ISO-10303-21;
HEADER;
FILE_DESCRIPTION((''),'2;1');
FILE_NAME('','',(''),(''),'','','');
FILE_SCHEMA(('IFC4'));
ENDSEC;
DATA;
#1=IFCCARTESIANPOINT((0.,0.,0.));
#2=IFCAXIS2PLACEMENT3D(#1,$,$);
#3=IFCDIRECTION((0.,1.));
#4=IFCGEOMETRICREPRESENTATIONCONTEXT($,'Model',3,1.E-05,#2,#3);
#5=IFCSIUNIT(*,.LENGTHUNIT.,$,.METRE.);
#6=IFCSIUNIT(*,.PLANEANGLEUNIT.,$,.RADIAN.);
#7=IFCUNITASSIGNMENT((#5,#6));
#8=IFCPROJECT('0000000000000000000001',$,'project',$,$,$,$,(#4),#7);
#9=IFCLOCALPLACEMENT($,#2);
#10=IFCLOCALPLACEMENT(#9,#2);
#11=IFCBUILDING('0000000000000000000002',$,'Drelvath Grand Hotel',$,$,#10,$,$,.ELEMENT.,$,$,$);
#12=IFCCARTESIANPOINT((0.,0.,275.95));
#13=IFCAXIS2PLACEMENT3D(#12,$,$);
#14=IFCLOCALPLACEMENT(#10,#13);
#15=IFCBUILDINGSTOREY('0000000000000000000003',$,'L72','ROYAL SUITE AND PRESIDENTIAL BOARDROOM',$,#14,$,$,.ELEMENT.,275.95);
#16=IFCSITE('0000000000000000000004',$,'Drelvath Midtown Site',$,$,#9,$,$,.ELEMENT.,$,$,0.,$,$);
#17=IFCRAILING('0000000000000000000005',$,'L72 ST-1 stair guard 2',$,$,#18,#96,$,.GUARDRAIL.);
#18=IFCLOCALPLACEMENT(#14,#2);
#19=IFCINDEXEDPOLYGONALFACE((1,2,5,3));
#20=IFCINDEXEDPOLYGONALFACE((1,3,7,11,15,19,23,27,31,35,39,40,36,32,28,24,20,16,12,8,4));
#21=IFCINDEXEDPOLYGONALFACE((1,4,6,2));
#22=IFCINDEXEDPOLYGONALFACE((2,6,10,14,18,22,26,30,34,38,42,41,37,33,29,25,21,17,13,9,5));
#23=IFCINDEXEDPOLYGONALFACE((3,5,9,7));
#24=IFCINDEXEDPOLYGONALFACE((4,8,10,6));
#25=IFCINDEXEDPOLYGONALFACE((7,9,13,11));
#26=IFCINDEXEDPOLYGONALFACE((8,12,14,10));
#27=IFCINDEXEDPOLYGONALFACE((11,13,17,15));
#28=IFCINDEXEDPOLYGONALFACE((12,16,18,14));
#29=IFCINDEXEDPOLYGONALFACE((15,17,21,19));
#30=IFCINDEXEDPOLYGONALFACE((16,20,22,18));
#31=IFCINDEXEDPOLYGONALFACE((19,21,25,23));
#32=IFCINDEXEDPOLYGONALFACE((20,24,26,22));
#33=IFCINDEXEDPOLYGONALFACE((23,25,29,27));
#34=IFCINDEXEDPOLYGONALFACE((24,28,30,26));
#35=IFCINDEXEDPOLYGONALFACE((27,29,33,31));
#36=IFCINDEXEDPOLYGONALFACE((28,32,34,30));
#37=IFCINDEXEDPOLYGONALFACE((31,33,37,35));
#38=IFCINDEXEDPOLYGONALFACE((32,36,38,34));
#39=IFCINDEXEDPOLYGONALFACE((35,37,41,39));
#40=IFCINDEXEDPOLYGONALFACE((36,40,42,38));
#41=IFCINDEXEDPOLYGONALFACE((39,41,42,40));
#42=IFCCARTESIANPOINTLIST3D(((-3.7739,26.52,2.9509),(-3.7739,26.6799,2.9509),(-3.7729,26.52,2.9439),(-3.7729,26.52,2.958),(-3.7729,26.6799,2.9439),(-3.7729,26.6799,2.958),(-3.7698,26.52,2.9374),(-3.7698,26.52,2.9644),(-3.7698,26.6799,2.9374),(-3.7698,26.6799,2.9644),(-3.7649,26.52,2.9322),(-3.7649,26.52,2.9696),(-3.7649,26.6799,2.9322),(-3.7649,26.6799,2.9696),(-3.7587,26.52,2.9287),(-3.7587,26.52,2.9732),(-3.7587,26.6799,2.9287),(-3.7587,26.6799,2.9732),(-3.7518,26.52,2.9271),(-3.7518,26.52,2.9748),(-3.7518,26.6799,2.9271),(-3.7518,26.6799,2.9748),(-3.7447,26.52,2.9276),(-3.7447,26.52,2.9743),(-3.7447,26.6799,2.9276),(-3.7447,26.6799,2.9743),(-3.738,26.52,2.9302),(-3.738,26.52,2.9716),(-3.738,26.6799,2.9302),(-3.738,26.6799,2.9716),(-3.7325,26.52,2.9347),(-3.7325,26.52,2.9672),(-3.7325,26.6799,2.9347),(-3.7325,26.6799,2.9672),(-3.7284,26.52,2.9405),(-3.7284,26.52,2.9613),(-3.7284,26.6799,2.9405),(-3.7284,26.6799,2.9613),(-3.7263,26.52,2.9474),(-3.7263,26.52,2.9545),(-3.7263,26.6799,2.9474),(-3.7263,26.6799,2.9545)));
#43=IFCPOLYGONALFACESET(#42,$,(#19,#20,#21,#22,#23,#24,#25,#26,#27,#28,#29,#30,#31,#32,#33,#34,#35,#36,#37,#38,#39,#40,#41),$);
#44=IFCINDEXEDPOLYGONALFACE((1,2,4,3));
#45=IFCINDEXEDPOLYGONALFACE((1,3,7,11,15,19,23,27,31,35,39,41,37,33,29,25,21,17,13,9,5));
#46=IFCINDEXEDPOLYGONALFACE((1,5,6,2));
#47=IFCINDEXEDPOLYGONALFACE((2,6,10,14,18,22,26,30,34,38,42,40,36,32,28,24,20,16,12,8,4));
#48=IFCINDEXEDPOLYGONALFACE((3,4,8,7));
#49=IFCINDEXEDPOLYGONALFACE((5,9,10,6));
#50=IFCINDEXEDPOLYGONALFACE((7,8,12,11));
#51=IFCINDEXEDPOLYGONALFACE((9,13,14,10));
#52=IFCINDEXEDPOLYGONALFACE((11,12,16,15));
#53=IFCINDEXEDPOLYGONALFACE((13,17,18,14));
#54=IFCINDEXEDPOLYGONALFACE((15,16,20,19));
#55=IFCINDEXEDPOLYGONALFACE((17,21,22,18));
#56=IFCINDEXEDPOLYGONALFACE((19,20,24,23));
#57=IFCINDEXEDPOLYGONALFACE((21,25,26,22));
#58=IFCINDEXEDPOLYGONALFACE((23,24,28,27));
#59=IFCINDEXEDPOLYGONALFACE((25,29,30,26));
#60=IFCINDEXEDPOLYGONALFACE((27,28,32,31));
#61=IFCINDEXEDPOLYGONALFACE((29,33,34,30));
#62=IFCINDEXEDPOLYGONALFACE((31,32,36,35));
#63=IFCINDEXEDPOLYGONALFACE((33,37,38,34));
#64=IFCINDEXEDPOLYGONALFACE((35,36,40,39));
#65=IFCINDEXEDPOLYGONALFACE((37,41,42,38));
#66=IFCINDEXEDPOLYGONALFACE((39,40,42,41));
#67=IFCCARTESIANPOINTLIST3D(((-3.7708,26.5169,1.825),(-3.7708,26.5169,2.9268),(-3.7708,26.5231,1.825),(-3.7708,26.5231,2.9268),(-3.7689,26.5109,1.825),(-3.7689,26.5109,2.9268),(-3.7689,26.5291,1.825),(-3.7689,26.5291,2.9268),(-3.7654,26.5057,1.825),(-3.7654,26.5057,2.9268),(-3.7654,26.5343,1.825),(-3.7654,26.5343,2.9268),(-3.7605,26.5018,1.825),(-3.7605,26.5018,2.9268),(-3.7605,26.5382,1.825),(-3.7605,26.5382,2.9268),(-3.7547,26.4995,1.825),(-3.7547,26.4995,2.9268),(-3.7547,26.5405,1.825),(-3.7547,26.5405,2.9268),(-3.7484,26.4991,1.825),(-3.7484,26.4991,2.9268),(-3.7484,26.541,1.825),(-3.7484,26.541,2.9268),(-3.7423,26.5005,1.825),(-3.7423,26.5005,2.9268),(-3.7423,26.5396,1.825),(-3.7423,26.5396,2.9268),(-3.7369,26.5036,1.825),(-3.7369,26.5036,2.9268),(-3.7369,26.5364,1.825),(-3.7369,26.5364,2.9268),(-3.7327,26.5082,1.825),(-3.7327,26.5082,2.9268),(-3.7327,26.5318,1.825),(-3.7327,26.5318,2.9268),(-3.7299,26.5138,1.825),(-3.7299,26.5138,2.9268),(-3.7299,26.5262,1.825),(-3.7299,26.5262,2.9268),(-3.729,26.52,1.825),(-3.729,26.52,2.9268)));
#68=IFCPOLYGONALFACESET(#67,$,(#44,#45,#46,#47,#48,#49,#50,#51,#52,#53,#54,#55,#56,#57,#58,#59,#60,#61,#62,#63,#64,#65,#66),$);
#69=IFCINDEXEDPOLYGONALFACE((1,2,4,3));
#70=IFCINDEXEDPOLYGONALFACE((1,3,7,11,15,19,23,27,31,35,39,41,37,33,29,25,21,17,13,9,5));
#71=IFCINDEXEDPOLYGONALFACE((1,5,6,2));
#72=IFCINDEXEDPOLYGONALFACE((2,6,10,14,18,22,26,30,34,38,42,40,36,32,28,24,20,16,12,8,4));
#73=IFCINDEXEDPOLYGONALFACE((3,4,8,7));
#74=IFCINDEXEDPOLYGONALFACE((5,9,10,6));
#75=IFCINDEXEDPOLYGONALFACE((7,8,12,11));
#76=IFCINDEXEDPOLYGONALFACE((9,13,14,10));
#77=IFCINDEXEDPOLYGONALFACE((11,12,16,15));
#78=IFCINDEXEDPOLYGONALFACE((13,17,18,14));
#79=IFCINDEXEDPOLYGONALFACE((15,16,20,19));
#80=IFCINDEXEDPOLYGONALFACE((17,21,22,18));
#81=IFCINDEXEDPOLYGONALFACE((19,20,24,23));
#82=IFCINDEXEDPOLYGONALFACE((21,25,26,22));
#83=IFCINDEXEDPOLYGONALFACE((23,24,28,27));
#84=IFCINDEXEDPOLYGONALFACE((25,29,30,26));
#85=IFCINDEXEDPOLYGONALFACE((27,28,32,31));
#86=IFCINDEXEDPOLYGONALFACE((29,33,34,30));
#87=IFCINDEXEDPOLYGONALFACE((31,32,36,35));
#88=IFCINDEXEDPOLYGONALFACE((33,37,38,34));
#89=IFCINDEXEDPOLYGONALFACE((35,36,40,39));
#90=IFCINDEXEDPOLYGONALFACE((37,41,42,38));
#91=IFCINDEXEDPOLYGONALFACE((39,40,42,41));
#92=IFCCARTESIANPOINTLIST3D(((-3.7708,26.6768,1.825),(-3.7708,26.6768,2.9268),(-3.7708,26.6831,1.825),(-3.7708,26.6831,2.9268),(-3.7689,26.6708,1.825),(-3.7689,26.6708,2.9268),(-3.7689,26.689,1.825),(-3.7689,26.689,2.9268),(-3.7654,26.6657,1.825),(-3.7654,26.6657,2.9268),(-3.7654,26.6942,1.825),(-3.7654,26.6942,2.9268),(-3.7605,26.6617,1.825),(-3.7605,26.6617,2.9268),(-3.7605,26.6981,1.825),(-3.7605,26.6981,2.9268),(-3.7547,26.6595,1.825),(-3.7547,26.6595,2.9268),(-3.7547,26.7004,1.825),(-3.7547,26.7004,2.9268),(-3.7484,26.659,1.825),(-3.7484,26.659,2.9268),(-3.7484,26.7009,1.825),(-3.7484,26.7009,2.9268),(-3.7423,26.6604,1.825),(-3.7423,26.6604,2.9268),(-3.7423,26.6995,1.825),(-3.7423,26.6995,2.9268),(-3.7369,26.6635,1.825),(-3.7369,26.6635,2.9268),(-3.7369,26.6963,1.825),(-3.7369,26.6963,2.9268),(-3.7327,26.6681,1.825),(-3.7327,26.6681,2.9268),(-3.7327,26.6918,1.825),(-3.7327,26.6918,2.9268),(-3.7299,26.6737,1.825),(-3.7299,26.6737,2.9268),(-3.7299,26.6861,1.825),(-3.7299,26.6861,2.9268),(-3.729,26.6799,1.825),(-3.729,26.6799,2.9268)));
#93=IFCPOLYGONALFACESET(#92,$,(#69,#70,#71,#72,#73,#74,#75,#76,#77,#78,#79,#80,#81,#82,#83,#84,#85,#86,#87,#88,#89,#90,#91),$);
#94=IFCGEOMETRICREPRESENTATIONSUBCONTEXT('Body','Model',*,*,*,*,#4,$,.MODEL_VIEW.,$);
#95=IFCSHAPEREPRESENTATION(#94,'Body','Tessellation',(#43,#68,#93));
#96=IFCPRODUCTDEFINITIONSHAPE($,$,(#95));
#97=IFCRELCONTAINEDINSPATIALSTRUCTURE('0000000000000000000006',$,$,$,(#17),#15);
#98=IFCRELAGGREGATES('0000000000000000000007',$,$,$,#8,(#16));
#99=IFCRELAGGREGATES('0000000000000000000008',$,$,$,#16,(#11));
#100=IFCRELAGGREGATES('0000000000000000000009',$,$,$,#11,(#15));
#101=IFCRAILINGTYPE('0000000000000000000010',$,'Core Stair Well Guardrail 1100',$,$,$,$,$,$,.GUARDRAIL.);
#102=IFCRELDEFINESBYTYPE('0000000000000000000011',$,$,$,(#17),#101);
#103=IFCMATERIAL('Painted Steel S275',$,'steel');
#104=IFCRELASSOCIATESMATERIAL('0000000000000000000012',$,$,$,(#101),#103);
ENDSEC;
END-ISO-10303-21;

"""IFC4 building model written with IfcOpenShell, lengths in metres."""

from ifc_helpers import new_model, si_unit, direction, frame, origin, origin_2d, place, context, subcontext, project, spatial, circle, extrude, material, type_object, element, save


model = new_model("IFC4")

# Units and contexts
model_context = context("Model", 3, precision=1e-05, world=origin(), true_north=direction((0.0, 1.0)))
body_context = subcontext(model_context, "Body", "Model", "MODEL_VIEW")
ifc_project = project(units=[si_unit("LENGTHUNIT", "METRE"), si_unit("PLANEANGLEUNIT", "RADIAN")], contexts=[model_context])

# Site, building, storey
site_placement = place(None, origin())
site = spatial("IfcSite", under=ifc_project, at=site_placement, Name="Drelvath Midtown Site", CompositionType="ELEMENT", RefElevation=0.0)
building_placement = place(site_placement, origin())
building = spatial("IfcBuilding", under=site, at=building_placement, Name="Drelvath Grand Hotel", CompositionType="ELEMENT")
storey_placement = place(building_placement, frame((0.0, 0.0, 275.95)))
storey = spatial("IfcBuildingStorey", under=building, at=storey_placement, Name="L72", Description="ROYAL SUITE AND PRESIDENTIAL BOARDROOM", CompositionType="ELEMENT", Elevation=275.95)

# Shared definitions
ifc_material_1 = material(Name="Painted Steel S275", Category="steel")

# Railing
railing_type_1 = type_object("IfcRailingType", Name="Core Stair Well Guardrail 1100", PredefinedType="GUARDRAIL", material=ifc_material_1)
railing_1_placement = place(storey_placement, frame((-3.75, 26.52, 1.825)))
element("IfcRailing", 1, at=railing_1_placement, inside=storey, type_object=railing_type_1, Name="L72 ST-1 stair guard 2", PredefinedType="GUARDRAIL", context=body_context, shape_type="SweptSolid", body=[
    extrude(circle(Radius=0.0239, at=origin_2d()), frame((0.0, 0.0, 1.126), z_axis=(0.0, 1.0, 0.0), x_axis=(-1.0, 0.0, 0.0)), (0.0, 0.0, 1.0), 0.1599),
    extrude(circle(Radius=0.021, at=origin_2d()), origin(), (0.0, 0.0, 1.0), 1.1018),
    extrude(circle(Radius=0.021, at=origin_2d()), frame((0.0, 0.1599, 0.0)), (0.0, 0.0, 1.0), 1.1018),
])

save(model, "model.ifc")
